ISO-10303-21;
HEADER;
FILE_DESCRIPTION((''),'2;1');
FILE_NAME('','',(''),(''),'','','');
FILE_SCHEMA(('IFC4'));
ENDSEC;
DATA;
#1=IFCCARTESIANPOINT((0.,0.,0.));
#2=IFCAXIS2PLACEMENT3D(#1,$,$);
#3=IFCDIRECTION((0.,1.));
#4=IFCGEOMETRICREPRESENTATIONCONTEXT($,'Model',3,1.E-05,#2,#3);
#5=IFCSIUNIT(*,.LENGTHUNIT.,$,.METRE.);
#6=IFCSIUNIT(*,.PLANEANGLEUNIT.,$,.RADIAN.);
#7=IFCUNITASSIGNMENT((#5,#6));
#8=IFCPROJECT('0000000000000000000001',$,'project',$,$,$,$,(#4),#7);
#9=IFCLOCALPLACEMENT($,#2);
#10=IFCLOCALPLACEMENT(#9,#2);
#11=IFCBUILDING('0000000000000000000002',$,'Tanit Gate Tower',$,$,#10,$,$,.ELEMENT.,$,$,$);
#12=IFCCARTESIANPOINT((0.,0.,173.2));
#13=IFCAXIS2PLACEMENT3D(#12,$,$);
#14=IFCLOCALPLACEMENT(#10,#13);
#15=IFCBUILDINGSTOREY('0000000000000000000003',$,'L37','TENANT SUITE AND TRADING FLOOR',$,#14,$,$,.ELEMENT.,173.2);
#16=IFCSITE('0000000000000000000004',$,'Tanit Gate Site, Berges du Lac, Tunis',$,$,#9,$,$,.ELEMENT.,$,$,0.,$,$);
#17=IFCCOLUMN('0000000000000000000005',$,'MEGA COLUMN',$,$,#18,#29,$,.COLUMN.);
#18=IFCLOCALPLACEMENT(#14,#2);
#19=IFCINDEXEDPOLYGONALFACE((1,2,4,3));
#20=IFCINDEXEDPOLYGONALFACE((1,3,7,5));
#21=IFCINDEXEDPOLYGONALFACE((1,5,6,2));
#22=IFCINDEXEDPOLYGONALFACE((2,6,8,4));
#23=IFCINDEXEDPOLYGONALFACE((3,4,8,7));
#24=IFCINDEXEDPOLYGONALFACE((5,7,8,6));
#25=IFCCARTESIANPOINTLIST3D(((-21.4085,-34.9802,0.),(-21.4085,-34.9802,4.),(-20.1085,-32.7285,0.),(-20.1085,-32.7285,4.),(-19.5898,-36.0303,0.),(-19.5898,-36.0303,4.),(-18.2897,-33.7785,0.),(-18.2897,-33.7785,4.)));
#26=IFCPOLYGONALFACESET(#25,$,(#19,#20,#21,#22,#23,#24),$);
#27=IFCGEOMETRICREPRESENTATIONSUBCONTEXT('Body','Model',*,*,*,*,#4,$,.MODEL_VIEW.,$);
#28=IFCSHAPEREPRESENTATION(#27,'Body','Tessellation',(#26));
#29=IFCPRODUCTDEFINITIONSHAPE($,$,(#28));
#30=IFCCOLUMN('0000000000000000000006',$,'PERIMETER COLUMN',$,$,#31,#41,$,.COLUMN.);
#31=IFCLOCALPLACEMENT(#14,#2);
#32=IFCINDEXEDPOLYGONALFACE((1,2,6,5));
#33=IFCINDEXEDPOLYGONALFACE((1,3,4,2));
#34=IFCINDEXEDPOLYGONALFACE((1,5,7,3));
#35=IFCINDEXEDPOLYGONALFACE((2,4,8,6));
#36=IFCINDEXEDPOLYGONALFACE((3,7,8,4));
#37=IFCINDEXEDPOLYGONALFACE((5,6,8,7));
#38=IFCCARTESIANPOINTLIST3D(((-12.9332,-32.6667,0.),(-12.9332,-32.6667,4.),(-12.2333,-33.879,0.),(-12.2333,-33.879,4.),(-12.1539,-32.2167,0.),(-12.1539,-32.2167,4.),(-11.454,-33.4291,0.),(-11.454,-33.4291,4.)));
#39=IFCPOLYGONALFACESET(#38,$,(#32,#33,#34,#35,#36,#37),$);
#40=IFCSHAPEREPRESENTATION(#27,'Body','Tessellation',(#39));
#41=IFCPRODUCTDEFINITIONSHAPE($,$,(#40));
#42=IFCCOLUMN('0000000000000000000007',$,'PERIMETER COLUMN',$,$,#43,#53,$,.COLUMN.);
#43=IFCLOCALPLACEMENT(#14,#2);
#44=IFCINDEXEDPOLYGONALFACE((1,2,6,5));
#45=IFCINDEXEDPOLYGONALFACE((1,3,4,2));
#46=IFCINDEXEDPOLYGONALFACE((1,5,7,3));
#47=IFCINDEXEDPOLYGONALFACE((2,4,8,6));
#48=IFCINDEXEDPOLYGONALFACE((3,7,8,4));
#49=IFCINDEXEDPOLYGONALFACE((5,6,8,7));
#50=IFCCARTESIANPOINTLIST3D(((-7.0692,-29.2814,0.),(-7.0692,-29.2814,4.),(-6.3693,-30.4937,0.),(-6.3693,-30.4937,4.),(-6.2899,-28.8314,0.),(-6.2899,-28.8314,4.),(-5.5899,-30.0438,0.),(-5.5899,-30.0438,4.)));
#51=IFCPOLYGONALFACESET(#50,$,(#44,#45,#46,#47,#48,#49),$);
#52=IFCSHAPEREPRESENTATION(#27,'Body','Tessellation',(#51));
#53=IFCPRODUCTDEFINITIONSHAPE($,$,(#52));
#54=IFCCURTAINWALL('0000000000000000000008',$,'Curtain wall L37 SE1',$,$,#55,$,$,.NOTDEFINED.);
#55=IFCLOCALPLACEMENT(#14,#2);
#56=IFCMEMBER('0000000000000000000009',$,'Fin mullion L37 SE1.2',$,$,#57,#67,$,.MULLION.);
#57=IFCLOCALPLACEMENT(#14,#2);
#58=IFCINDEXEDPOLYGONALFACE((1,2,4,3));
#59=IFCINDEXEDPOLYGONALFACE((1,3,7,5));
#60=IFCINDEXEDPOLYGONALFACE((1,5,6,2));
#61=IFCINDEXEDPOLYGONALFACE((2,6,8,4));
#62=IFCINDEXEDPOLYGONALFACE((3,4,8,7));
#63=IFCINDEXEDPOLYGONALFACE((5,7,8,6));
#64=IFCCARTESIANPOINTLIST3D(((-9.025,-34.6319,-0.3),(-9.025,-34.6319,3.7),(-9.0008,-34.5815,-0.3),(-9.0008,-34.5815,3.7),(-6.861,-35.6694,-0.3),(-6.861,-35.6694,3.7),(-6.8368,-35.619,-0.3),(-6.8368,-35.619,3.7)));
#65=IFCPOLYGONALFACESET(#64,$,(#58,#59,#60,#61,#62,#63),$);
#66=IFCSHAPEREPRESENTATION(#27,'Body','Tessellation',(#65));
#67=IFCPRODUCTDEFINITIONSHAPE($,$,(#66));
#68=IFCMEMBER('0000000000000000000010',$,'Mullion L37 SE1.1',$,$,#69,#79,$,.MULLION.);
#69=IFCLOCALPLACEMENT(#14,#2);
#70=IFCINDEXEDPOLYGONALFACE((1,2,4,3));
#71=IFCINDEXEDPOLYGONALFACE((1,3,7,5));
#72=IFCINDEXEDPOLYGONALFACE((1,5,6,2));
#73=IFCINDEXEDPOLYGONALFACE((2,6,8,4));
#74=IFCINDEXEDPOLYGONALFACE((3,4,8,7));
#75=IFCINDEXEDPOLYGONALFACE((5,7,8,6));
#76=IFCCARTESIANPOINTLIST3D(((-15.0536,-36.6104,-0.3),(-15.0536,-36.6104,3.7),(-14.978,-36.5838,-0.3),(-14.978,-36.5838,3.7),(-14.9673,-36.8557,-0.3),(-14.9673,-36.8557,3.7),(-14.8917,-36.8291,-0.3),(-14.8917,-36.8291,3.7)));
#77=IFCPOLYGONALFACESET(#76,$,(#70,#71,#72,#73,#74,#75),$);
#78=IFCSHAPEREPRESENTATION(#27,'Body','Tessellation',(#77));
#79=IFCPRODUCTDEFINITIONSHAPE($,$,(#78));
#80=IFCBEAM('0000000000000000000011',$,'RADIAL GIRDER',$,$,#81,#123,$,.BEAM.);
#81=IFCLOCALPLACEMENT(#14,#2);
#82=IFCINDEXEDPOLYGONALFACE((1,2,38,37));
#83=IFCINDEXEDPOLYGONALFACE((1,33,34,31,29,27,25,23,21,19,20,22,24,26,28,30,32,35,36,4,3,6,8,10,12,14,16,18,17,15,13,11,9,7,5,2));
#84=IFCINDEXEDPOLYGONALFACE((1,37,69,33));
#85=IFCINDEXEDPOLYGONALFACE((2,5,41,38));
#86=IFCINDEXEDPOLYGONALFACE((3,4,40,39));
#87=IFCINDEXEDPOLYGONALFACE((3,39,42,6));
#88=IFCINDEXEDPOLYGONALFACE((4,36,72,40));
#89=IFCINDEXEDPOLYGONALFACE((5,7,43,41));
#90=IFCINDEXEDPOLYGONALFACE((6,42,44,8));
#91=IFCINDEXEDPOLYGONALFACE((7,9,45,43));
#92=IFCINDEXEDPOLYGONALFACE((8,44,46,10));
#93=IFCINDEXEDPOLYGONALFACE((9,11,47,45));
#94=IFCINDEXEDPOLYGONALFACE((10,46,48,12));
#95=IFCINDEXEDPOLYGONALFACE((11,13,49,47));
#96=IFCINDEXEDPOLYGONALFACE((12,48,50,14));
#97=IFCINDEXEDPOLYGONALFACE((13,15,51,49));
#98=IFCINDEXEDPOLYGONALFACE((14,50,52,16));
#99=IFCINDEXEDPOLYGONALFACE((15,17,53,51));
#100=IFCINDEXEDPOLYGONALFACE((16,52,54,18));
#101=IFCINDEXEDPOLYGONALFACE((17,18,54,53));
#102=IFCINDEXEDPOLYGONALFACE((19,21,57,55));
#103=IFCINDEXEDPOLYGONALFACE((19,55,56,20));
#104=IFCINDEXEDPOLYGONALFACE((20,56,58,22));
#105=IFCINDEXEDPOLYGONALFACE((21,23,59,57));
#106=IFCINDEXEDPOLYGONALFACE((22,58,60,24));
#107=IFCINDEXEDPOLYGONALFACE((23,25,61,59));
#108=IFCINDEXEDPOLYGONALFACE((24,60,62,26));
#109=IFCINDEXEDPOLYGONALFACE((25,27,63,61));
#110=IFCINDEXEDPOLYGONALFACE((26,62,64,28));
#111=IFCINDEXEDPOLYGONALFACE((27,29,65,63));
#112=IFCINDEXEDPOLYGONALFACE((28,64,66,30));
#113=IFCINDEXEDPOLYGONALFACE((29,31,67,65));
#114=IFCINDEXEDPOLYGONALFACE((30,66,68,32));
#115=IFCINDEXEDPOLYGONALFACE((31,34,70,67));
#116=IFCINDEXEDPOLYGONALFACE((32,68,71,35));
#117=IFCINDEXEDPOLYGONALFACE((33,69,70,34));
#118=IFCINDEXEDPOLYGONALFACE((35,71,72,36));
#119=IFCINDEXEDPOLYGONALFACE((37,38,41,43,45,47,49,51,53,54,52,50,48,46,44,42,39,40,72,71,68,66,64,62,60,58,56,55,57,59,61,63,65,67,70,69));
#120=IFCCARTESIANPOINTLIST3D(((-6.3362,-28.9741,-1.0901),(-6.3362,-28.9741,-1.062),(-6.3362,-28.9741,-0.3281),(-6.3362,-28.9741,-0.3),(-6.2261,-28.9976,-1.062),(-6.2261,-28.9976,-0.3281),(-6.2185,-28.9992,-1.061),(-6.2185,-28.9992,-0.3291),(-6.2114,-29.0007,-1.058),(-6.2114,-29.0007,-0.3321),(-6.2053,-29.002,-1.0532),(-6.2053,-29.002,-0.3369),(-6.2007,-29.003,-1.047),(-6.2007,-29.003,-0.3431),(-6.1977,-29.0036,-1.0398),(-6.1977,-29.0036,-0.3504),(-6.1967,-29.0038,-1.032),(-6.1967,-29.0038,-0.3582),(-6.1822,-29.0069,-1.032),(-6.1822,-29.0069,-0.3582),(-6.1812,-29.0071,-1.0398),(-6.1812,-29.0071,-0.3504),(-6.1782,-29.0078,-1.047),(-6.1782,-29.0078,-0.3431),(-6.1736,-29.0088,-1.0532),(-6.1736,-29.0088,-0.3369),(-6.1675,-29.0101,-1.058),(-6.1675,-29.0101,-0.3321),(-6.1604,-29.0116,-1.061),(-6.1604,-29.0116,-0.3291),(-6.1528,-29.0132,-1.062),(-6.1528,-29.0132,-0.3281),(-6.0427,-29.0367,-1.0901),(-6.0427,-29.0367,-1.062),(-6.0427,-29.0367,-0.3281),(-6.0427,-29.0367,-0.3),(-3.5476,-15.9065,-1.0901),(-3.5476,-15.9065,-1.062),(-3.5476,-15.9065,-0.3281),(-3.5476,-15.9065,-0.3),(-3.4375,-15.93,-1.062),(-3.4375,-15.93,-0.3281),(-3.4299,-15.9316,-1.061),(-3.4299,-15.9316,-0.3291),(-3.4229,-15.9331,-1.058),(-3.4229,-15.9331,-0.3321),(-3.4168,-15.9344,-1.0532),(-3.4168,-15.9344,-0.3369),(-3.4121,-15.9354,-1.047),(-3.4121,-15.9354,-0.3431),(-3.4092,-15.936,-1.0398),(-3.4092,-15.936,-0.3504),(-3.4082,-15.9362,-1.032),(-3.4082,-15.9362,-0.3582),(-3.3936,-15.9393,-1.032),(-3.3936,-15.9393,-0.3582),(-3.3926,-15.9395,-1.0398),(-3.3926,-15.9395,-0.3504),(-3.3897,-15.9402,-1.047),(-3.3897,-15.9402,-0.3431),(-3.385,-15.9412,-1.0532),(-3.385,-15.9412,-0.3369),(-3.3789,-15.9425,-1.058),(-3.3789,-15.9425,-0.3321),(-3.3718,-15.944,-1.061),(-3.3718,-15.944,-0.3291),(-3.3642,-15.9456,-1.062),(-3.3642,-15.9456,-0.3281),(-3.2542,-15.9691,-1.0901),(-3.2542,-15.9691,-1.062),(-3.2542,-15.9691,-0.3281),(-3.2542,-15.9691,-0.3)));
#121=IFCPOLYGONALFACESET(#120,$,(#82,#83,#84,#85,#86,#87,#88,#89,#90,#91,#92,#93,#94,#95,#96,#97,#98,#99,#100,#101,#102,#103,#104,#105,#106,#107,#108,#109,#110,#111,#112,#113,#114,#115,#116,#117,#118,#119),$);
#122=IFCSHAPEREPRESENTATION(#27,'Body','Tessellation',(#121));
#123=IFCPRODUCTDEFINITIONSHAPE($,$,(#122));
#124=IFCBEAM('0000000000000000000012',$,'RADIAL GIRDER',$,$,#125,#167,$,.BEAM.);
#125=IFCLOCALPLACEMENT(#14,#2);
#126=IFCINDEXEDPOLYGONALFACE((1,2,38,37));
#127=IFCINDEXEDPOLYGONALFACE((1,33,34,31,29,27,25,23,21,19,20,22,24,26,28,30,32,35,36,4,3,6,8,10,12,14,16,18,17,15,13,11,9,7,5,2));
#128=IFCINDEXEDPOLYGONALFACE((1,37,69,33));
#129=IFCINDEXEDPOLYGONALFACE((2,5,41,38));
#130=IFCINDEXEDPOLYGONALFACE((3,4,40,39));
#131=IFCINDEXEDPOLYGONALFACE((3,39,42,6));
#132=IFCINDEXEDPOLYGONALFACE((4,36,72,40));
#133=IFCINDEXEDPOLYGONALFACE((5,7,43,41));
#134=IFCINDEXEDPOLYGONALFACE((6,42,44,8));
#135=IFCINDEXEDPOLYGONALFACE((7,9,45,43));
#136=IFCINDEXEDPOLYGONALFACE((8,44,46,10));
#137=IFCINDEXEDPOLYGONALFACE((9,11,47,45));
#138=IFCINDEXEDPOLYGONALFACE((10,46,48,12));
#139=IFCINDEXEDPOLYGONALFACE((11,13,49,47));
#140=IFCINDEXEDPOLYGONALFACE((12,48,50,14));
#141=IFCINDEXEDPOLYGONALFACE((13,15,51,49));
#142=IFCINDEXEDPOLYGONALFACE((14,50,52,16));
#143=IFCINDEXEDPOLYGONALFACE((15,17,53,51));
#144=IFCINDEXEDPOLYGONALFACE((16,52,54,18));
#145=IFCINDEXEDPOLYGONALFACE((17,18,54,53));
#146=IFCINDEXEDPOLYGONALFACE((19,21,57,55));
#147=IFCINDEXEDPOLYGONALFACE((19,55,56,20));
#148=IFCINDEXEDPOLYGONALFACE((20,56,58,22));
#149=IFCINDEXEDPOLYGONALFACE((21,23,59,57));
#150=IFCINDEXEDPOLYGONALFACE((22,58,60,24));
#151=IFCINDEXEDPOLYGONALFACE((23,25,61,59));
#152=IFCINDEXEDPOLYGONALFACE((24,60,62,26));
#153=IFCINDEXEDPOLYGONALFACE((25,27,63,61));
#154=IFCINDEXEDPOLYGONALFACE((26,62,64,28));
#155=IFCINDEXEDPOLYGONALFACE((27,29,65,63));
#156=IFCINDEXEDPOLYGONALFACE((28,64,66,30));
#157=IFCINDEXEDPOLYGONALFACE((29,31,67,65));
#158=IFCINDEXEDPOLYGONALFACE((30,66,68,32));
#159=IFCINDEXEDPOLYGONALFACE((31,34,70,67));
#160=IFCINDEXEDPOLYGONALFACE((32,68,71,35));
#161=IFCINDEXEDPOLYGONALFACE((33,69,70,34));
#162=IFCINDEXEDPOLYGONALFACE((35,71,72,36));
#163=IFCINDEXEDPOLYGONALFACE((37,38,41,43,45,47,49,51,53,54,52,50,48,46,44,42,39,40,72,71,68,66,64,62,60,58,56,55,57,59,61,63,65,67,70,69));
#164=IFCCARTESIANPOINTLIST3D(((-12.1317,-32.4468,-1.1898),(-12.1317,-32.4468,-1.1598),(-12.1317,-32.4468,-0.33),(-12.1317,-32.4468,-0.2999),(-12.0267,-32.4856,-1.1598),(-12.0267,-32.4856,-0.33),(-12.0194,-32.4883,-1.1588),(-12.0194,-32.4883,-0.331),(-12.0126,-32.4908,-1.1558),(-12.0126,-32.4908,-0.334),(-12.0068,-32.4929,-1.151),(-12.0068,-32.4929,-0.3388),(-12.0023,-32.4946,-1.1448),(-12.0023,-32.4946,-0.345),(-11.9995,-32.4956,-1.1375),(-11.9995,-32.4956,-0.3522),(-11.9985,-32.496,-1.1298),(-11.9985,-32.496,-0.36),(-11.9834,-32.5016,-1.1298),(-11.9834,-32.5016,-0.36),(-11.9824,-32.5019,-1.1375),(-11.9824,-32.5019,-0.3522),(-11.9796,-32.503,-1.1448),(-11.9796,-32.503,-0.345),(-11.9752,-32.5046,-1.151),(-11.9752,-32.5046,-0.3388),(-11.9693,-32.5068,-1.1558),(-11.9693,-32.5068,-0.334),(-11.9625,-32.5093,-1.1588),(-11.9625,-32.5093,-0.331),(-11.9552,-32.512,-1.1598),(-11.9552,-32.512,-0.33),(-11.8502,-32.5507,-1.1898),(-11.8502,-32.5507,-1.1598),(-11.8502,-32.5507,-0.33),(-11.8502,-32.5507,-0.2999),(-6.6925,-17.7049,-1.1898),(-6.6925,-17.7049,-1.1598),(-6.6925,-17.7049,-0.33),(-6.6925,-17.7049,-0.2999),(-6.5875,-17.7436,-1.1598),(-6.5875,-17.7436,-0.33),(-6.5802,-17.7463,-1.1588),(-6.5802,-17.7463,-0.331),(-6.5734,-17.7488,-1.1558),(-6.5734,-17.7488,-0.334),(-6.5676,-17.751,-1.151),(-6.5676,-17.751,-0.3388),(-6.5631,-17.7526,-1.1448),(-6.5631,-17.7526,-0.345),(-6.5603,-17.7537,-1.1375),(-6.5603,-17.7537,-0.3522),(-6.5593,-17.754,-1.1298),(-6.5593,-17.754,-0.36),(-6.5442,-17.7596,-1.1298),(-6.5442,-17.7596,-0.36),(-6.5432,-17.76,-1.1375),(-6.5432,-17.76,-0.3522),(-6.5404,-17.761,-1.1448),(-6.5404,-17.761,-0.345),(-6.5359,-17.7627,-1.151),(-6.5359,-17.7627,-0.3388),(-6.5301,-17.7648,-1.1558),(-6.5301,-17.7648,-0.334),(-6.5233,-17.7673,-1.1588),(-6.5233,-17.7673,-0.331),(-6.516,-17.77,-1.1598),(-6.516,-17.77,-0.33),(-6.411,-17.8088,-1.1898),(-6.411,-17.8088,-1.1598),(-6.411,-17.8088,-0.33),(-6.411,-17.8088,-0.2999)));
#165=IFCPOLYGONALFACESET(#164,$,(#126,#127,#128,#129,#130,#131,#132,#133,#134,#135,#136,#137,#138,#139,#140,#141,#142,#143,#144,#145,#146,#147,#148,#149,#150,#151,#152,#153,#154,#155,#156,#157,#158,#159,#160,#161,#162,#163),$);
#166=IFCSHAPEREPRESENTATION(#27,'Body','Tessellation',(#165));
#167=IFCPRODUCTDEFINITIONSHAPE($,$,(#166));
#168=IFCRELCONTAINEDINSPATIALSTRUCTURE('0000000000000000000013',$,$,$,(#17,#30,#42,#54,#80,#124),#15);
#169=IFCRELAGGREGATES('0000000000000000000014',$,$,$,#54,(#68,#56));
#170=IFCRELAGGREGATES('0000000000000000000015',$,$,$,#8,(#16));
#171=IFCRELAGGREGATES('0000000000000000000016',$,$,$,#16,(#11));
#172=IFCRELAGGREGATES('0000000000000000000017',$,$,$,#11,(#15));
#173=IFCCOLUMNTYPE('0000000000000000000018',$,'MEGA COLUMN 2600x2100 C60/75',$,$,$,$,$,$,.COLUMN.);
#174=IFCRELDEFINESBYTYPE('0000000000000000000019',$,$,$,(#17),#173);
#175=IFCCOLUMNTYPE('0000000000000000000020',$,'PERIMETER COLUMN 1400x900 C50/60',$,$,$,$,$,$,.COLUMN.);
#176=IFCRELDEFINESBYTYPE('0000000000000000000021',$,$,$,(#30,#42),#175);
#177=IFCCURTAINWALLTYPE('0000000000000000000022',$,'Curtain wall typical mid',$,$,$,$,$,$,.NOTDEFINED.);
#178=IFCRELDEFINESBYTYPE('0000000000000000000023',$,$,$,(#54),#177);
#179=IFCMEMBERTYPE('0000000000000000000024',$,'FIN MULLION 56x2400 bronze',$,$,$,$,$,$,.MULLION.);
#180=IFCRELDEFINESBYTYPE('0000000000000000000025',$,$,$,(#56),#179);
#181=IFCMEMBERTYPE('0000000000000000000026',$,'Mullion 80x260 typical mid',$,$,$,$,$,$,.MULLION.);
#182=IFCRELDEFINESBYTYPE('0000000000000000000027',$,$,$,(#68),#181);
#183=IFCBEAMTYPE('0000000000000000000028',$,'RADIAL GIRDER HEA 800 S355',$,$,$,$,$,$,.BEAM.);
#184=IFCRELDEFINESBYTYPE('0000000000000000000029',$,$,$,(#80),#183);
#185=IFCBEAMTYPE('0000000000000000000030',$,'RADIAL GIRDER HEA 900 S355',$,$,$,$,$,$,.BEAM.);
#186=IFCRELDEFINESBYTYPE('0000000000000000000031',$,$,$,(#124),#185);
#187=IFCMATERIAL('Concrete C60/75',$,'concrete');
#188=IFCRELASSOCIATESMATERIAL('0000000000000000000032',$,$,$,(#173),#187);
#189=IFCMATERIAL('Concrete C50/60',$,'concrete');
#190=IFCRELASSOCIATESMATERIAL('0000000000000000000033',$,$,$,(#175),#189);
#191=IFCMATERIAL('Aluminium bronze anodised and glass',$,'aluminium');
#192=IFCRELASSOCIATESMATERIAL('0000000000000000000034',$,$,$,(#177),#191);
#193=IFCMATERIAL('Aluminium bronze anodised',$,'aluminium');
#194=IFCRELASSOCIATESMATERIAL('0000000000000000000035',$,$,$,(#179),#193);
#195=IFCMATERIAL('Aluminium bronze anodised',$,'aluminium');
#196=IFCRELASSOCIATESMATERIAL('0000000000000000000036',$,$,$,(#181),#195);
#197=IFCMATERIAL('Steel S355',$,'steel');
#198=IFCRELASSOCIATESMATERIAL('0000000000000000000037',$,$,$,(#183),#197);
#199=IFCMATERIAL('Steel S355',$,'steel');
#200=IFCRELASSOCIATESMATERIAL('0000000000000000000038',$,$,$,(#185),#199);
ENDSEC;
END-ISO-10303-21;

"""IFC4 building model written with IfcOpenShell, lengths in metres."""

from ifc_helpers import new_model, si_unit, direction, frame, origin, origin_2d, place, context, subcontext, project, spatial, rectangle, i_section, extrude, material, material_profile, profile_set, type_object, element, aggregate, save


model = new_model("IFC4")

# Units and contexts
model_context = context("Model", 3, precision=1e-05, world=origin(), true_north=direction((0.0, 1.0)))
body_context = subcontext(model_context, "Body", "Model", "MODEL_VIEW")
ifc_project = project(units=[si_unit("LENGTHUNIT", "METRE"), si_unit("PLANEANGLEUNIT", "RADIAN")], contexts=[model_context])

# Site, building, storey
site_placement = place(None, origin())
site = spatial("IfcSite", under=ifc_project, at=site_placement, Name="Tanit Gate Site, Berges du Lac, Tunis", CompositionType="ELEMENT", RefElevation=0.0)
building_placement = place(site_placement, origin())
building = spatial("IfcBuilding", under=site, at=building_placement, Name="Tanit Gate Tower", CompositionType="ELEMENT")
storey_placement = place(building_placement, frame((0.0, 0.0, 173.2)))
storey = spatial("IfcBuildingStorey", under=building, at=storey_placement, Name="L37", Description="TENANT SUITE AND TRADING FLOOR", CompositionType="ELEMENT", Elevation=173.2)

# Columns
ifc_material_1 = material(Name="Concrete C60/75", Category="concrete")
ifc_material_profile_1 = material_profile(ifc_material_1, rectangle(XDim=2.6001, YDim=2.1001, at=origin_2d()), Name="RC 2600x2100")
ifc_profile_set_1 = profile_set([ifc_material_profile_1], Name="Concrete C60/75")
column_type_1 = type_object("IfcColumnType", Name="MEGA COLUMN 2600x2100 C60/75", PredefinedType="COLUMN", material=ifc_profile_set_1)
column_placement = place(storey_placement, frame((-19.8491, -34.3794, 0.0), z_axis=(0.0, 0.0, 1.0), x_axis=(-0.5, -0.866025, 0.0)))
element("IfcColumn", 1, at=column_placement, inside=storey, type_object=column_type_1, Name="MEGA COLUMN", PredefinedType="COLUMN", context=body_context, shape_type="SweptSolid", body=[
    extrude(rectangle(XDim=2.6001, YDim=2.1001, at=origin_2d()), origin(), (0.0, 0.0, 1.0), 4.0),
])
ifc_material_2 = material(Name="Concrete C50/60", Category="concrete")
ifc_material_profile_2 = material_profile(ifc_material_2, rectangle(XDim=1.3999, YDim=0.8999, at=origin_2d()), Name="RC 1400x900")
ifc_profile_set_2 = profile_set([ifc_material_profile_2], Name="Concrete C50/60")
column_type_2 = type_object("IfcColumnType", Name="PERIMETER COLUMN 1400x900 C50/60", PredefinedType="COLUMN", material=ifc_profile_set_2)
for number, where, z_axis, x_axis, name in (
    (2, (-12.1936, -33.0479, 0.0), (0.0, 0.0, 1.0), (0.5, -0.866025, 0.0), "PERIMETER COLUMN"),
    (3, (-6.3296, -29.6626, 0.0), (0.0, 0.0, 1.0), (0.5, -0.866025, 0.0), "PERIMETER COLUMN"),
):
    element("IfcColumn", number, at=place(storey_placement, frame(where, z_axis=z_axis, x_axis=x_axis)), inside=storey, type_object=column_type_2, Name=name, PredefinedType="COLUMN", context=body_context, shape_type="SweptSolid", body=[
        extrude(rectangle(XDim=1.3999, YDim=0.8999, at=origin_2d()), origin(), (0.0, 0.0, 1.0), 4.0),
    ])

# Curtain wall, members
ifc_material_3 = material(Name="Aluminium bronze anodised and glass", Category="aluminium")
curtain_wall_type = type_object("IfcCurtainWallType", Name="Curtain wall typical mid", PredefinedType="NOTDEFINED", material=ifc_material_3)
curtain_wall_placement = place(storey_placement, origin())
curtain_wall = element("IfcCurtainWall", 4, at=curtain_wall_placement, inside=storey, type_object=curtain_wall_type, Name="Curtain wall L37 SE1", PredefinedType="NOTDEFINED")
ifc_material_4 = material(Name="Aluminium bronze anodised", Category="aluminium")
ifc_material_profile_3 = material_profile(ifc_material_4, rectangle(XDim=2.3999, YDim=0.0559, at=origin_2d()), Name="56x2400 bronze fin mullion")
ifc_profile_set_3 = profile_set([ifc_material_profile_3], Name="Aluminium bronze anodised")
member_type_1 = type_object("IfcMemberType", Name="FIN MULLION 56x2400 bronze", PredefinedType="MULLION", material=ifc_profile_set_3)
member_1_placement = place(storey_placement, frame((-7.9309, -35.1255, -0.3), z_axis=(0.0, 0.0, 1.0), x_axis=(-0.901725, 0.43231, 0.0)))
member_1 = element("IfcMember", 5, at=member_1_placement, type_object=member_type_1, Name="Fin mullion L37 SE1.2", PredefinedType="MULLION", context=body_context, shape_type="SweptSolid", body=[
    extrude(rectangle(XDim=2.3999, YDim=0.0559, at=origin_2d()), origin(), (0.0, 0.0, 1.0), 4.0),
])
ifc_material_5 = material(Name="Aluminium bronze anodised", Category="aluminium")
ifc_material_profile_4 = material_profile(ifc_material_5, rectangle(XDim=0.26, YDim=0.0801, at=origin_2d()), Name="80x260 bronze mullion")
ifc_profile_set_4 = profile_set([ifc_material_profile_4], Name="Aluminium bronze anodised")
member_type_2 = type_object("IfcMemberType", Name="Mullion 80x260 typical mid", PredefinedType="MULLION", material=ifc_profile_set_4)
member_2_placement = place(storey_placement, frame((-14.9727, -36.7197, -0.3), z_axis=(0.0, 0.0, 1.0), x_axis=(-0.331926, 0.943305, 0.0)))
member_2 = element("IfcMember", 6, at=member_2_placement, type_object=member_type_2, Name="Mullion L37 SE1.1", PredefinedType="MULLION", context=body_context, shape_type="SweptSolid", body=[
    extrude(rectangle(XDim=0.26, YDim=0.0801, at=origin_2d()), origin(), (0.0, 0.0, 1.0), 4.0),
])

# Beams
ifc_material_6 = material(Name="Steel S355", Category="steel")
ifc_material_profile_5 = material_profile(ifc_material_6, i_section(OverallWidth=0.3, OverallDepth=0.79, WebThickness=0.0149, FlangeThickness=0.0281, FilletRadius=0.03, at=origin_2d()), Name="HEA 800")
ifc_profile_set_5 = profile_set([ifc_material_profile_5], Name="Steel S355")
beam_type_1 = type_object("IfcBeamType", Name="RADIAL GIRDER HEA 800 S355", PredefinedType="BEAM", material=ifc_profile_set_5)
beam_1_placement = place(storey_placement, frame((-6.1895, -29.0054, -0.6951), z_axis=(0.208697, 0.97798, 0.0), x_axis=(-0.97798, 0.208697, 0.0)))
element("IfcBeam", 7, at=beam_1_placement, inside=storey, type_object=beam_type_1, Name="RADIAL GIRDER", PredefinedType="BEAM", context=body_context, shape_type="SweptSolid", body=[
    extrude(i_section(OverallWidth=0.3, OverallDepth=0.79, WebThickness=0.0149, FlangeThickness=0.0281, FilletRadius=0.03, at=origin_2d()), origin(), (0.0, 0.0, 1.0), 13.3618),
])
ifc_material_7 = material(Name="Steel S355", Category="steel")
ifc_material_profile_6 = material_profile(ifc_material_7, i_section(OverallWidth=0.3, OverallDepth=0.8899, WebThickness=0.0161, FlangeThickness=0.03, FilletRadius=0.03, at=origin_2d()), Name="HEA 900")
ifc_profile_set_6 = profile_set([ifc_material_profile_6], Name="Steel S355")
beam_type_2 = type_object("IfcBeamType", Name="RADIAL GIRDER HEA 900 S355", PredefinedType="BEAM", material=ifc_profile_set_6)
beam_2_placement = place(storey_placement, frame((-11.991, -32.4988, -0.7449), z_axis=(0.346152, 0.938179, 0.0), x_axis=(-0.938179, 0.346152, 0.0)))
element("IfcBeam", 8, at=beam_2_placement, inside=storey, type_object=beam_type_2, Name="RADIAL GIRDER", PredefinedType="BEAM", context=body_context, shape_type="SweptSolid", body=[
    extrude(i_section(OverallWidth=0.3, OverallDepth=0.8899, WebThickness=0.0161, FlangeThickness=0.03, FilletRadius=0.03, at=origin_2d()), origin(), (0.0, 0.0, 1.0), 15.7134),
])

aggregate(curtain_wall, [member_2, member_1])

save(model, "model.ifc")
